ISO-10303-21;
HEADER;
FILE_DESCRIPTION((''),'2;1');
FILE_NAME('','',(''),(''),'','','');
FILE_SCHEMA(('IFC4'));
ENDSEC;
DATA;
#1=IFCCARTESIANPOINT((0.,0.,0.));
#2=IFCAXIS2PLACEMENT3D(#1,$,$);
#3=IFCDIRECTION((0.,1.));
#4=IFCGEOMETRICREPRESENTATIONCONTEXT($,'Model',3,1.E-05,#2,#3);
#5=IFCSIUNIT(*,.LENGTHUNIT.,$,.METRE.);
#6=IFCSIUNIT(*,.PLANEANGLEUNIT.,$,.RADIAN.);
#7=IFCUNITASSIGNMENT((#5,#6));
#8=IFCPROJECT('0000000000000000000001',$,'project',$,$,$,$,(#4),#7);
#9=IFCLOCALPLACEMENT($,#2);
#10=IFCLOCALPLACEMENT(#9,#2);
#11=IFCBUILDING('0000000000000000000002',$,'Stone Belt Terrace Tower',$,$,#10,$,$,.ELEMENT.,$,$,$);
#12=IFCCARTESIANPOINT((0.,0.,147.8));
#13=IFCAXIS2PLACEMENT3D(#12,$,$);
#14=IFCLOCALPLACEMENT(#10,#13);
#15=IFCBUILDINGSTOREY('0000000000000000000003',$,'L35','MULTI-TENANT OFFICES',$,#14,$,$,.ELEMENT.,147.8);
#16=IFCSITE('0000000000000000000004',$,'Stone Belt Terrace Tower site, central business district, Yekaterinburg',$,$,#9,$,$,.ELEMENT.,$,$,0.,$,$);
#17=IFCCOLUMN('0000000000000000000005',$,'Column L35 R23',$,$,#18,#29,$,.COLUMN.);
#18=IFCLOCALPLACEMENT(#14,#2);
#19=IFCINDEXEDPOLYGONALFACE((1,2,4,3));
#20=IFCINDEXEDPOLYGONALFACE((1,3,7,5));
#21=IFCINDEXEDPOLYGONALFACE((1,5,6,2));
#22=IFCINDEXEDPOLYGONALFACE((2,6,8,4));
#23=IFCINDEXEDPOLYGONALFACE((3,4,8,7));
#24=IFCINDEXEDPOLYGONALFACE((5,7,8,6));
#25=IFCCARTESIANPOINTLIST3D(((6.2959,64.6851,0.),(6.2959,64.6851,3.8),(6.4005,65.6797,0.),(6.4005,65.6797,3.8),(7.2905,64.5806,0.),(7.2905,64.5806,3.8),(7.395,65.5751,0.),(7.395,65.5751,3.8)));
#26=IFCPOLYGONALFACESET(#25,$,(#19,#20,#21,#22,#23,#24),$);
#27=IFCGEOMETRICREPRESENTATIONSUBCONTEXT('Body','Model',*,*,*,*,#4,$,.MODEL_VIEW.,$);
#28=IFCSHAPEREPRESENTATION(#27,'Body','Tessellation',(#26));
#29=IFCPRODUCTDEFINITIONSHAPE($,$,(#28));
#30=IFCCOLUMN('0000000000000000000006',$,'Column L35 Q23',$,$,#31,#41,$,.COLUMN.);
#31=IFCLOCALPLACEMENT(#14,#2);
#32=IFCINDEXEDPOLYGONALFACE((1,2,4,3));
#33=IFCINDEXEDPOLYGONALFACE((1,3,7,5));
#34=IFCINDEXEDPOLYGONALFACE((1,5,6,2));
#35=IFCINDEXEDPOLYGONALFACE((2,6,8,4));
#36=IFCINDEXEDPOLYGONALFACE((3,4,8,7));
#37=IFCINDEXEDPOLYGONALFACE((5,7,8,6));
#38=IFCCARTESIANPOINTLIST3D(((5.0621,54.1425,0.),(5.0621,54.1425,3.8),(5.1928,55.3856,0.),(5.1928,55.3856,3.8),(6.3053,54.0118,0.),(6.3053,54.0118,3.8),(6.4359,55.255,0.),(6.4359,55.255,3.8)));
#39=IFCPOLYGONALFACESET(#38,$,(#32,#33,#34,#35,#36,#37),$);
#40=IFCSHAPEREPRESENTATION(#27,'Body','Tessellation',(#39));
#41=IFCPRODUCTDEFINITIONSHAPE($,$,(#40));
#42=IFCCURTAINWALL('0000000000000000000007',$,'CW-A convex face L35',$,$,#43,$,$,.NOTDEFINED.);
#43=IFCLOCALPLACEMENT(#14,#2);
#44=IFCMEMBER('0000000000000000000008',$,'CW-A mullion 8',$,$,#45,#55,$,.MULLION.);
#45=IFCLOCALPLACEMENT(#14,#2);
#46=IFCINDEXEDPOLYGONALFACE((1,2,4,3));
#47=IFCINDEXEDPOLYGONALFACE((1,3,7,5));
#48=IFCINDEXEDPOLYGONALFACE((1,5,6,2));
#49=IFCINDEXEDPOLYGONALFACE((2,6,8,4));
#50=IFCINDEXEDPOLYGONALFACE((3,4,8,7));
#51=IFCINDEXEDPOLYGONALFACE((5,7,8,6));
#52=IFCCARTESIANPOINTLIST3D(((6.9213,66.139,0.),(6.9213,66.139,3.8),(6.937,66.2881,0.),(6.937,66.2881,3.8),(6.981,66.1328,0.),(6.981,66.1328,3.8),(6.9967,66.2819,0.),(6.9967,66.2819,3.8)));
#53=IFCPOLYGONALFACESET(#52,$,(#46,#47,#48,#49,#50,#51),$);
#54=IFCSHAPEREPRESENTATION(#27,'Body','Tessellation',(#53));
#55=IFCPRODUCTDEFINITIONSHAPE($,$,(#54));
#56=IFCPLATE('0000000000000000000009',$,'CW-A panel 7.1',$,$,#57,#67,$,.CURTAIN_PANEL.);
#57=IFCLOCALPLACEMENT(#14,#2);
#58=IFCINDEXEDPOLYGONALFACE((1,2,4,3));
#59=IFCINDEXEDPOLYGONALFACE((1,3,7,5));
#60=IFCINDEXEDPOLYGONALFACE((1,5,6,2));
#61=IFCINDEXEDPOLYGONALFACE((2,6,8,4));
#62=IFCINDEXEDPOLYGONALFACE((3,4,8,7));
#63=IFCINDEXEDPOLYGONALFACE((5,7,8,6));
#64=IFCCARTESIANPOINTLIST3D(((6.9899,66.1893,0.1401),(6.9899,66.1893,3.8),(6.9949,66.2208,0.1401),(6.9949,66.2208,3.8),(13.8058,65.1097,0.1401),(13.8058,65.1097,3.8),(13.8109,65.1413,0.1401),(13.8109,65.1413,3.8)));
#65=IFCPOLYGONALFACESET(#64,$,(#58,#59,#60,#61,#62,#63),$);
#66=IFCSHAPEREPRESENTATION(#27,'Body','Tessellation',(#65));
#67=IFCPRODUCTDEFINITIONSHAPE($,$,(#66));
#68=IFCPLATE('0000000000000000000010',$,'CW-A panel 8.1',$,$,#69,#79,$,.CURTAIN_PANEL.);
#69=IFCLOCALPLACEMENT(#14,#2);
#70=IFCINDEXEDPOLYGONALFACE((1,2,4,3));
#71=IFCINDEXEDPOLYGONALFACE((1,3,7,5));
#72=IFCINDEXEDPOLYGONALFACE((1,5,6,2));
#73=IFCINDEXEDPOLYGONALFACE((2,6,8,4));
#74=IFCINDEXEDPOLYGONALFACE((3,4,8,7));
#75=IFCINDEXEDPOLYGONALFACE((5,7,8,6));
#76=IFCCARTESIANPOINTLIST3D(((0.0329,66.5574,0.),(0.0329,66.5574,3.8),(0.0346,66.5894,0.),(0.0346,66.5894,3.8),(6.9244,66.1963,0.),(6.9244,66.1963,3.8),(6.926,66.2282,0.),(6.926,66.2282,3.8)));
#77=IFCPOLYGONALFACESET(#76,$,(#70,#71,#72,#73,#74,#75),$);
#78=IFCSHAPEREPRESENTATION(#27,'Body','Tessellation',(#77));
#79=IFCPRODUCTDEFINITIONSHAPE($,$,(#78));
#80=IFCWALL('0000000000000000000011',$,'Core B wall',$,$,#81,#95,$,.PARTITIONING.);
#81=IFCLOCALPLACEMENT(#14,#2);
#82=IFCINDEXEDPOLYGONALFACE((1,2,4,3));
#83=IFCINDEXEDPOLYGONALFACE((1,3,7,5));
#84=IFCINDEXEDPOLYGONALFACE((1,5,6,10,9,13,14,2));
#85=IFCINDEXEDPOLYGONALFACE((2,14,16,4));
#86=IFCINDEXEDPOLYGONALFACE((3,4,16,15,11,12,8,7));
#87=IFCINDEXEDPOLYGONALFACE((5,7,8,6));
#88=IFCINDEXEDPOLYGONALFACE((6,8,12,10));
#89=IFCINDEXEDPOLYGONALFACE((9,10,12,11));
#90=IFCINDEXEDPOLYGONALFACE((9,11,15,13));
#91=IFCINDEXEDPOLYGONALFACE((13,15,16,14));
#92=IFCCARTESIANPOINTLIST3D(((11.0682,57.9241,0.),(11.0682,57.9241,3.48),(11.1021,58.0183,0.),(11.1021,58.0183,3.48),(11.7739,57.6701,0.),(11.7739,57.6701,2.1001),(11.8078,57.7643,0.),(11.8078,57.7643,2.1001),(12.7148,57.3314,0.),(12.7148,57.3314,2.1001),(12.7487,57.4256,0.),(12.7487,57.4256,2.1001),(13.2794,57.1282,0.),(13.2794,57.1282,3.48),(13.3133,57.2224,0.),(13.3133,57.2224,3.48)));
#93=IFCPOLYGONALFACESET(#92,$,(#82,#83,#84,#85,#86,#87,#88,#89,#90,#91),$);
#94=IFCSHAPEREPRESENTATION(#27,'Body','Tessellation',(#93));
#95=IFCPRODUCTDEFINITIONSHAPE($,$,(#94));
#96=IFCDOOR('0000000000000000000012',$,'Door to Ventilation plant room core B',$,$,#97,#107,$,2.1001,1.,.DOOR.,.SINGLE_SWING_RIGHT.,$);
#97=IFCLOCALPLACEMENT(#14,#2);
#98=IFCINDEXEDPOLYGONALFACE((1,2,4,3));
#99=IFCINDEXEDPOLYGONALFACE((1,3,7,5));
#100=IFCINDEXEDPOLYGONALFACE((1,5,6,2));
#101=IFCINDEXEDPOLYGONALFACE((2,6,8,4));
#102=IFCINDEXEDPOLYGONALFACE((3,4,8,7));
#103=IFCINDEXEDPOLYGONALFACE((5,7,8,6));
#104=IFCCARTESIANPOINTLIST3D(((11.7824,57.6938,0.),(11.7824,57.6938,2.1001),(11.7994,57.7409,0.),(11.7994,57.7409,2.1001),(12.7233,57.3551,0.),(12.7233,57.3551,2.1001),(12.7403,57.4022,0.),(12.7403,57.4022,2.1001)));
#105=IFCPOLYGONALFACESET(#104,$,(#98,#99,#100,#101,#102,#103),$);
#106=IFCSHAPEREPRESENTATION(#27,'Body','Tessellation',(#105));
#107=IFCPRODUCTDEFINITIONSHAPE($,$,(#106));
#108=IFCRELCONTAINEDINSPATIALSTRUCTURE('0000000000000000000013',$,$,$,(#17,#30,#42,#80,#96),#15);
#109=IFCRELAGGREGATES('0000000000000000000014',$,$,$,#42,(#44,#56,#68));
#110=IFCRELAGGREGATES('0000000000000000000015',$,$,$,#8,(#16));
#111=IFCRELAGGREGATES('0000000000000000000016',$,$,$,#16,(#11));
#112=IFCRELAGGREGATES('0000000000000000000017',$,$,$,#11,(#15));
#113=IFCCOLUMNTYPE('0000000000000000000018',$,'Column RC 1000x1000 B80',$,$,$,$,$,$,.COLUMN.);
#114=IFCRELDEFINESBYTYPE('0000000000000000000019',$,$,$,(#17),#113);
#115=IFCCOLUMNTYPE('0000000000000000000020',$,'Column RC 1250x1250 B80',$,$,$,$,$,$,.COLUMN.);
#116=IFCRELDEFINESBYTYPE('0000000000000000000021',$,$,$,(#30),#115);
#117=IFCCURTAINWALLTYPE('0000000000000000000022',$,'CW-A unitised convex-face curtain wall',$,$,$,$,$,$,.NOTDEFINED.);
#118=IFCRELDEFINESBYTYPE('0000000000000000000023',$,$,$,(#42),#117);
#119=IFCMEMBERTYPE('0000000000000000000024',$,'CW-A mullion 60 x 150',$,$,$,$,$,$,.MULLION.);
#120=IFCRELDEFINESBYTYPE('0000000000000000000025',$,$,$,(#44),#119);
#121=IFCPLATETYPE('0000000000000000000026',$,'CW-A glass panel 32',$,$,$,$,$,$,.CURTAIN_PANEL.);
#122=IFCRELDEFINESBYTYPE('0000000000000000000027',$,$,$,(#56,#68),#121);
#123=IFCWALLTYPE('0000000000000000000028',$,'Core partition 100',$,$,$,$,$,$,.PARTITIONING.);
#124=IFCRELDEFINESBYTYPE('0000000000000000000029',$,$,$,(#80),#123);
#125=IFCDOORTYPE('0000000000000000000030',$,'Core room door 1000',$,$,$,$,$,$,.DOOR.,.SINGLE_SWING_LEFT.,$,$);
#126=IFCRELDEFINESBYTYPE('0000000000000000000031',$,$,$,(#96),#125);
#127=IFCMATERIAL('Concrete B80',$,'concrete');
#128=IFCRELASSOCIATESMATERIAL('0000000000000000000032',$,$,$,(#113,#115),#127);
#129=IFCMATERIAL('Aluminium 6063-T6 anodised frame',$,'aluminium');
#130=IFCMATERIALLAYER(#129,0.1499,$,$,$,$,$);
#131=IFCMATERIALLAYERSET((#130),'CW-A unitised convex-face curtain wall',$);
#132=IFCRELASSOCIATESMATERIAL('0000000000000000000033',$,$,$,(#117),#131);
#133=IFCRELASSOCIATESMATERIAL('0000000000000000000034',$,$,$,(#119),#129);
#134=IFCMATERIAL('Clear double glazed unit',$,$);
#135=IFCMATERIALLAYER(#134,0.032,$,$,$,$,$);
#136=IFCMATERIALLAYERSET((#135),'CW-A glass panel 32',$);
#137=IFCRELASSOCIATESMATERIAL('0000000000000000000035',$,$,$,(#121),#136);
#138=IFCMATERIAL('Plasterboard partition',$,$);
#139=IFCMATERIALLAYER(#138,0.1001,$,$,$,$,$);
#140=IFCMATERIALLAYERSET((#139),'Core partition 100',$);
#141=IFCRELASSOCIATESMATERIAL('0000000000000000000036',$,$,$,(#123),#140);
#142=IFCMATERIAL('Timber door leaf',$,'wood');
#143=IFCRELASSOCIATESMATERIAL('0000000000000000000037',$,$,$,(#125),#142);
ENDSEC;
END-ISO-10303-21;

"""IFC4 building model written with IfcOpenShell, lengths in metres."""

from ifc_helpers import new_model, si_unit, direction, frame, frame_2d, origin, origin_2d, place, context, subcontext, project, spatial, rectangle, extrude, material, layer, layer_set, material_profile, profile_set, type_object, element, fill, aggregate, save


model = new_model("IFC4")

# Units and contexts
model_context = context("Model", 3, precision=1e-05, world=origin(), true_north=direction((0.0, 1.0)))
body_context = subcontext(model_context, "Body", "Model", "MODEL_VIEW")
ifc_project = project(units=[si_unit("LENGTHUNIT", "METRE"), si_unit("PLANEANGLEUNIT", "RADIAN")], contexts=[model_context])

# Site, building, storey
site_placement = place(None, origin())
site = spatial("IfcSite", under=ifc_project, at=site_placement, Name="Stone Belt Terrace Tower site, central business district, Yekaterinburg", CompositionType="ELEMENT", RefElevation=0.0)
building_placement = place(site_placement, origin())
building = spatial("IfcBuilding", under=site, at=building_placement, Name="Stone Belt Terrace Tower", CompositionType="ELEMENT")
storey_placement = place(building_placement, frame((0.0, 0.0, 147.8)))
storey = spatial("IfcBuildingStorey", under=building, at=storey_placement, Name="L35", Description="MULTI-TENANT OFFICES", CompositionType="ELEMENT", Elevation=147.8)

# Columns
ifc_material_1 = material(Name="Concrete B80", Category="concrete")
ifc_material_profile_1 = material_profile(ifc_material_1, rectangle(XDim=1.0, YDim=1.0, at=origin_2d()), Name="RC 1000x1000")
ifc_profile_set_1 = profile_set([ifc_material_profile_1], Name="Concrete B80")
column_type_1 = type_object("IfcColumnType", Name="Column RC 1000x1000 B80", PredefinedType="COLUMN", material=ifc_profile_set_1)
column_1_placement = place(storey_placement, frame((6.8455, 65.1301, 0.0), z_axis=(0.0, 0.0, 1.0), x_axis=(0.994522, -0.104528, 0.0)))
element("IfcColumn", 1, at=column_1_placement, inside=storey, type_object=column_type_1, Name="Column L35 R23", PredefinedType="COLUMN", context=body_context, shape_type="SweptSolid", body=[
    extrude(rectangle(XDim=1.0, YDim=1.0, at=origin_2d()), origin(), (0.0, 0.0, 1.0), 3.8),
])
ifc_material_profile_2 = material_profile(ifc_material_1, rectangle(XDim=1.25, YDim=1.25, at=origin_2d()), Name="RC 1250x1250")
ifc_profile_set_2 = profile_set([ifc_material_profile_2], Name="Concrete B80")
column_type_2 = type_object("IfcColumnType", Name="Column RC 1250x1250 B80", PredefinedType="COLUMN", material=ifc_profile_set_2)
column_2_placement = place(storey_placement, frame((5.749, 54.6987, 0.0), z_axis=(0.0, 0.0, 1.0), x_axis=(0.994522, -0.104528, 0.0)))
element("IfcColumn", 2, at=column_2_placement, inside=storey, type_object=column_type_2, Name="Column L35 Q23", PredefinedType="COLUMN", context=body_context, shape_type="SweptSolid", body=[
    extrude(rectangle(XDim=1.25, YDim=1.25, at=origin_2d()), origin(), (0.0, 0.0, 1.0), 3.8),
])

# Curtain wall, member, plates
ifc_material_2 = material(Name="Aluminium 6063-T6 anodised frame", Category="aluminium")
ifc_layer_1 = layer(ifc_material_2, 0.1499)
ifc_layer_set_1 = layer_set([ifc_layer_1], Name="CW-A unitised convex-face curtain wall")
curtain_wall_type = type_object("IfcCurtainWallType", Name="CW-A unitised convex-face curtain wall", PredefinedType="NOTDEFINED", material=ifc_layer_set_1)
curtain_wall_placement = place(storey_placement, origin())
curtain_wall = element("IfcCurtainWall", 3, at=curtain_wall_placement, inside=storey, type_object=curtain_wall_type, Name="CW-A convex face L35", PredefinedType="NOTDEFINED")
ifc_material_profile_3 = material_profile(ifc_material_2, rectangle(XDim=0.1499, YDim=0.0601, at=origin_2d()), Name="Aluminium 6063-T6 60x150")
ifc_profile_set_3 = profile_set([ifc_material_profile_3], Name="Aluminium 6063-T6 anodised frame")
member_type = type_object("IfcMemberType", Name="CW-A mullion 60 x 150", PredefinedType="MULLION", material=ifc_profile_set_3)
member_placement = place(storey_placement, frame((6.959, 66.2104, 0.0), z_axis=(0.0, 0.0, 1.0), x_axis=(-0.104528, -0.994522, 0.0)))
member = element("IfcMember", 4, at=member_placement, type_object=member_type, Name="CW-A mullion 8", PredefinedType="MULLION", context=body_context, shape_type="SweptSolid", body=[
    extrude(rectangle(XDim=0.1499, YDim=0.0601, at=origin_2d()), origin(), (0.0, 0.0, 1.0), 3.8),
])
ifc_material_3 = material(Name="Clear double glazed unit")
ifc_layer_2 = layer(ifc_material_3, 0.032)
ifc_layer_set_2 = layer_set([ifc_layer_2], Name="CW-A glass panel 32")
plate_type = type_object("IfcPlateType", Name="CW-A glass panel 32", PredefinedType="CURTAIN_PANEL", material=ifc_layer_set_2)
plate_1_placement = place(storey_placement, frame((10.4004, 65.6653, 0.1401), z_axis=(0.0, 0.0, 1.0), x_axis=(-0.987688, 0.156434, 0.0)))
plate_1 = element("IfcPlate", 5, at=plate_1_placement, type_object=plate_type, Name="CW-A panel 7.1", PredefinedType="CURTAIN_PANEL", context=body_context, shape_type="SweptSolid", body=[
    extrude(rectangle(XDim=6.9009, YDim=0.032, at=origin_2d()), origin(), (0.0, 0.0, 1.0), 3.6599),
])
plate_2_placement = place(storey_placement, frame((3.4795, 66.3928, 0.0), z_axis=(0.0, 0.0, 1.0), x_axis=(-0.99863, 0.052336, 0.0)))
plate_2 = element("IfcPlate", 6, at=plate_2_placement, type_object=plate_type, Name="CW-A panel 8.1", PredefinedType="CURTAIN_PANEL", context=body_context, shape_type="SweptSolid", body=[
    extrude(rectangle(XDim=6.9009, YDim=0.032, at=origin_2d()), origin(), (0.0, 0.0, 1.0), 3.8),
])
aggregate(curtain_wall, [member, plate_1, plate_2])

# Wall, opening, door
ifc_material_4 = material(Name="Plasterboard partition")
ifc_layer_3 = layer(ifc_material_4, 0.1001)
ifc_layer_set_3 = layer_set([ifc_layer_3], Name="Core partition 100")
wall_type_1 = type_object("IfcWallType", Name="Core partition 100", PredefinedType="PARTITIONING", material=ifc_layer_set_3)
wall_1_placement = place(storey_placement, frame((13.2964, 57.1753, 0.0), z_axis=(0.0, 0.0, 1.0), x_axis=(-0.940905, 0.338672, 0.0)))
wall_1 = element("IfcWall", 7, at=wall_1_placement, inside=storey, type_object=wall_type_1, Name="Core B wall", PredefinedType="PARTITIONING", context=body_context, shape_type="SweptSolid", body=[
    extrude(rectangle(XDim=2.3501, YDim=0.1001, at=frame_2d((1.175, 0.0))), origin(), (0.0, 0.0, 1.0), 3.48),
])
opening_1_placement = place(wall_1_placement, frame((0.6001, 0.0, 0.0)))
opening_1 = element("IfcOpeningElement", 8, at=opening_1_placement, cuts=wall_1, PredefinedType="OPENING", context=body_context, shape_type="SweptSolid", body=[
    extrude(rectangle(XDim=1.0, YDim=2.1001, at=frame_2d((0.5, 1.05))), frame((0.0, 0.0601, 0.0), z_axis=(0.0, -1.0, 0.0), x_axis=(1.0, 0.0, 0.0)), (0.0, 0.0, 1.0), 0.1201),
])
ifc_material_5 = material(Name="Timber door leaf", Category="wood")
door_type_1 = type_object("IfcDoorType", Name="Core room door 1000", OperationType="SINGLE_SWING_LEFT", PredefinedType="DOOR", material=ifc_material_5)
door_1_placement = place(opening_1_placement, origin())
door_1 = element("IfcDoor", 9, at=door_1_placement, inside=storey, type_object=door_type_1, Name="Door to Ventilation plant room core B", OperationType="SINGLE_SWING_RIGHT", OverallHeight=2.1001, OverallWidth=1.0, PredefinedType="DOOR", context=body_context, shape_type="SweptSolid", body=[
    extrude(rectangle(XDim=1.0, YDim=2.1001, at=frame_2d((0.5, 1.05))), frame((0.0, 0.0249, 0.0), z_axis=(0.0, -1.0, 0.0), x_axis=(1.0, 0.0, 0.0)), (0.0, 0.0, 1.0), 0.05),
])
fill(opening_1, door_1)

save(model, "model.ifc")
